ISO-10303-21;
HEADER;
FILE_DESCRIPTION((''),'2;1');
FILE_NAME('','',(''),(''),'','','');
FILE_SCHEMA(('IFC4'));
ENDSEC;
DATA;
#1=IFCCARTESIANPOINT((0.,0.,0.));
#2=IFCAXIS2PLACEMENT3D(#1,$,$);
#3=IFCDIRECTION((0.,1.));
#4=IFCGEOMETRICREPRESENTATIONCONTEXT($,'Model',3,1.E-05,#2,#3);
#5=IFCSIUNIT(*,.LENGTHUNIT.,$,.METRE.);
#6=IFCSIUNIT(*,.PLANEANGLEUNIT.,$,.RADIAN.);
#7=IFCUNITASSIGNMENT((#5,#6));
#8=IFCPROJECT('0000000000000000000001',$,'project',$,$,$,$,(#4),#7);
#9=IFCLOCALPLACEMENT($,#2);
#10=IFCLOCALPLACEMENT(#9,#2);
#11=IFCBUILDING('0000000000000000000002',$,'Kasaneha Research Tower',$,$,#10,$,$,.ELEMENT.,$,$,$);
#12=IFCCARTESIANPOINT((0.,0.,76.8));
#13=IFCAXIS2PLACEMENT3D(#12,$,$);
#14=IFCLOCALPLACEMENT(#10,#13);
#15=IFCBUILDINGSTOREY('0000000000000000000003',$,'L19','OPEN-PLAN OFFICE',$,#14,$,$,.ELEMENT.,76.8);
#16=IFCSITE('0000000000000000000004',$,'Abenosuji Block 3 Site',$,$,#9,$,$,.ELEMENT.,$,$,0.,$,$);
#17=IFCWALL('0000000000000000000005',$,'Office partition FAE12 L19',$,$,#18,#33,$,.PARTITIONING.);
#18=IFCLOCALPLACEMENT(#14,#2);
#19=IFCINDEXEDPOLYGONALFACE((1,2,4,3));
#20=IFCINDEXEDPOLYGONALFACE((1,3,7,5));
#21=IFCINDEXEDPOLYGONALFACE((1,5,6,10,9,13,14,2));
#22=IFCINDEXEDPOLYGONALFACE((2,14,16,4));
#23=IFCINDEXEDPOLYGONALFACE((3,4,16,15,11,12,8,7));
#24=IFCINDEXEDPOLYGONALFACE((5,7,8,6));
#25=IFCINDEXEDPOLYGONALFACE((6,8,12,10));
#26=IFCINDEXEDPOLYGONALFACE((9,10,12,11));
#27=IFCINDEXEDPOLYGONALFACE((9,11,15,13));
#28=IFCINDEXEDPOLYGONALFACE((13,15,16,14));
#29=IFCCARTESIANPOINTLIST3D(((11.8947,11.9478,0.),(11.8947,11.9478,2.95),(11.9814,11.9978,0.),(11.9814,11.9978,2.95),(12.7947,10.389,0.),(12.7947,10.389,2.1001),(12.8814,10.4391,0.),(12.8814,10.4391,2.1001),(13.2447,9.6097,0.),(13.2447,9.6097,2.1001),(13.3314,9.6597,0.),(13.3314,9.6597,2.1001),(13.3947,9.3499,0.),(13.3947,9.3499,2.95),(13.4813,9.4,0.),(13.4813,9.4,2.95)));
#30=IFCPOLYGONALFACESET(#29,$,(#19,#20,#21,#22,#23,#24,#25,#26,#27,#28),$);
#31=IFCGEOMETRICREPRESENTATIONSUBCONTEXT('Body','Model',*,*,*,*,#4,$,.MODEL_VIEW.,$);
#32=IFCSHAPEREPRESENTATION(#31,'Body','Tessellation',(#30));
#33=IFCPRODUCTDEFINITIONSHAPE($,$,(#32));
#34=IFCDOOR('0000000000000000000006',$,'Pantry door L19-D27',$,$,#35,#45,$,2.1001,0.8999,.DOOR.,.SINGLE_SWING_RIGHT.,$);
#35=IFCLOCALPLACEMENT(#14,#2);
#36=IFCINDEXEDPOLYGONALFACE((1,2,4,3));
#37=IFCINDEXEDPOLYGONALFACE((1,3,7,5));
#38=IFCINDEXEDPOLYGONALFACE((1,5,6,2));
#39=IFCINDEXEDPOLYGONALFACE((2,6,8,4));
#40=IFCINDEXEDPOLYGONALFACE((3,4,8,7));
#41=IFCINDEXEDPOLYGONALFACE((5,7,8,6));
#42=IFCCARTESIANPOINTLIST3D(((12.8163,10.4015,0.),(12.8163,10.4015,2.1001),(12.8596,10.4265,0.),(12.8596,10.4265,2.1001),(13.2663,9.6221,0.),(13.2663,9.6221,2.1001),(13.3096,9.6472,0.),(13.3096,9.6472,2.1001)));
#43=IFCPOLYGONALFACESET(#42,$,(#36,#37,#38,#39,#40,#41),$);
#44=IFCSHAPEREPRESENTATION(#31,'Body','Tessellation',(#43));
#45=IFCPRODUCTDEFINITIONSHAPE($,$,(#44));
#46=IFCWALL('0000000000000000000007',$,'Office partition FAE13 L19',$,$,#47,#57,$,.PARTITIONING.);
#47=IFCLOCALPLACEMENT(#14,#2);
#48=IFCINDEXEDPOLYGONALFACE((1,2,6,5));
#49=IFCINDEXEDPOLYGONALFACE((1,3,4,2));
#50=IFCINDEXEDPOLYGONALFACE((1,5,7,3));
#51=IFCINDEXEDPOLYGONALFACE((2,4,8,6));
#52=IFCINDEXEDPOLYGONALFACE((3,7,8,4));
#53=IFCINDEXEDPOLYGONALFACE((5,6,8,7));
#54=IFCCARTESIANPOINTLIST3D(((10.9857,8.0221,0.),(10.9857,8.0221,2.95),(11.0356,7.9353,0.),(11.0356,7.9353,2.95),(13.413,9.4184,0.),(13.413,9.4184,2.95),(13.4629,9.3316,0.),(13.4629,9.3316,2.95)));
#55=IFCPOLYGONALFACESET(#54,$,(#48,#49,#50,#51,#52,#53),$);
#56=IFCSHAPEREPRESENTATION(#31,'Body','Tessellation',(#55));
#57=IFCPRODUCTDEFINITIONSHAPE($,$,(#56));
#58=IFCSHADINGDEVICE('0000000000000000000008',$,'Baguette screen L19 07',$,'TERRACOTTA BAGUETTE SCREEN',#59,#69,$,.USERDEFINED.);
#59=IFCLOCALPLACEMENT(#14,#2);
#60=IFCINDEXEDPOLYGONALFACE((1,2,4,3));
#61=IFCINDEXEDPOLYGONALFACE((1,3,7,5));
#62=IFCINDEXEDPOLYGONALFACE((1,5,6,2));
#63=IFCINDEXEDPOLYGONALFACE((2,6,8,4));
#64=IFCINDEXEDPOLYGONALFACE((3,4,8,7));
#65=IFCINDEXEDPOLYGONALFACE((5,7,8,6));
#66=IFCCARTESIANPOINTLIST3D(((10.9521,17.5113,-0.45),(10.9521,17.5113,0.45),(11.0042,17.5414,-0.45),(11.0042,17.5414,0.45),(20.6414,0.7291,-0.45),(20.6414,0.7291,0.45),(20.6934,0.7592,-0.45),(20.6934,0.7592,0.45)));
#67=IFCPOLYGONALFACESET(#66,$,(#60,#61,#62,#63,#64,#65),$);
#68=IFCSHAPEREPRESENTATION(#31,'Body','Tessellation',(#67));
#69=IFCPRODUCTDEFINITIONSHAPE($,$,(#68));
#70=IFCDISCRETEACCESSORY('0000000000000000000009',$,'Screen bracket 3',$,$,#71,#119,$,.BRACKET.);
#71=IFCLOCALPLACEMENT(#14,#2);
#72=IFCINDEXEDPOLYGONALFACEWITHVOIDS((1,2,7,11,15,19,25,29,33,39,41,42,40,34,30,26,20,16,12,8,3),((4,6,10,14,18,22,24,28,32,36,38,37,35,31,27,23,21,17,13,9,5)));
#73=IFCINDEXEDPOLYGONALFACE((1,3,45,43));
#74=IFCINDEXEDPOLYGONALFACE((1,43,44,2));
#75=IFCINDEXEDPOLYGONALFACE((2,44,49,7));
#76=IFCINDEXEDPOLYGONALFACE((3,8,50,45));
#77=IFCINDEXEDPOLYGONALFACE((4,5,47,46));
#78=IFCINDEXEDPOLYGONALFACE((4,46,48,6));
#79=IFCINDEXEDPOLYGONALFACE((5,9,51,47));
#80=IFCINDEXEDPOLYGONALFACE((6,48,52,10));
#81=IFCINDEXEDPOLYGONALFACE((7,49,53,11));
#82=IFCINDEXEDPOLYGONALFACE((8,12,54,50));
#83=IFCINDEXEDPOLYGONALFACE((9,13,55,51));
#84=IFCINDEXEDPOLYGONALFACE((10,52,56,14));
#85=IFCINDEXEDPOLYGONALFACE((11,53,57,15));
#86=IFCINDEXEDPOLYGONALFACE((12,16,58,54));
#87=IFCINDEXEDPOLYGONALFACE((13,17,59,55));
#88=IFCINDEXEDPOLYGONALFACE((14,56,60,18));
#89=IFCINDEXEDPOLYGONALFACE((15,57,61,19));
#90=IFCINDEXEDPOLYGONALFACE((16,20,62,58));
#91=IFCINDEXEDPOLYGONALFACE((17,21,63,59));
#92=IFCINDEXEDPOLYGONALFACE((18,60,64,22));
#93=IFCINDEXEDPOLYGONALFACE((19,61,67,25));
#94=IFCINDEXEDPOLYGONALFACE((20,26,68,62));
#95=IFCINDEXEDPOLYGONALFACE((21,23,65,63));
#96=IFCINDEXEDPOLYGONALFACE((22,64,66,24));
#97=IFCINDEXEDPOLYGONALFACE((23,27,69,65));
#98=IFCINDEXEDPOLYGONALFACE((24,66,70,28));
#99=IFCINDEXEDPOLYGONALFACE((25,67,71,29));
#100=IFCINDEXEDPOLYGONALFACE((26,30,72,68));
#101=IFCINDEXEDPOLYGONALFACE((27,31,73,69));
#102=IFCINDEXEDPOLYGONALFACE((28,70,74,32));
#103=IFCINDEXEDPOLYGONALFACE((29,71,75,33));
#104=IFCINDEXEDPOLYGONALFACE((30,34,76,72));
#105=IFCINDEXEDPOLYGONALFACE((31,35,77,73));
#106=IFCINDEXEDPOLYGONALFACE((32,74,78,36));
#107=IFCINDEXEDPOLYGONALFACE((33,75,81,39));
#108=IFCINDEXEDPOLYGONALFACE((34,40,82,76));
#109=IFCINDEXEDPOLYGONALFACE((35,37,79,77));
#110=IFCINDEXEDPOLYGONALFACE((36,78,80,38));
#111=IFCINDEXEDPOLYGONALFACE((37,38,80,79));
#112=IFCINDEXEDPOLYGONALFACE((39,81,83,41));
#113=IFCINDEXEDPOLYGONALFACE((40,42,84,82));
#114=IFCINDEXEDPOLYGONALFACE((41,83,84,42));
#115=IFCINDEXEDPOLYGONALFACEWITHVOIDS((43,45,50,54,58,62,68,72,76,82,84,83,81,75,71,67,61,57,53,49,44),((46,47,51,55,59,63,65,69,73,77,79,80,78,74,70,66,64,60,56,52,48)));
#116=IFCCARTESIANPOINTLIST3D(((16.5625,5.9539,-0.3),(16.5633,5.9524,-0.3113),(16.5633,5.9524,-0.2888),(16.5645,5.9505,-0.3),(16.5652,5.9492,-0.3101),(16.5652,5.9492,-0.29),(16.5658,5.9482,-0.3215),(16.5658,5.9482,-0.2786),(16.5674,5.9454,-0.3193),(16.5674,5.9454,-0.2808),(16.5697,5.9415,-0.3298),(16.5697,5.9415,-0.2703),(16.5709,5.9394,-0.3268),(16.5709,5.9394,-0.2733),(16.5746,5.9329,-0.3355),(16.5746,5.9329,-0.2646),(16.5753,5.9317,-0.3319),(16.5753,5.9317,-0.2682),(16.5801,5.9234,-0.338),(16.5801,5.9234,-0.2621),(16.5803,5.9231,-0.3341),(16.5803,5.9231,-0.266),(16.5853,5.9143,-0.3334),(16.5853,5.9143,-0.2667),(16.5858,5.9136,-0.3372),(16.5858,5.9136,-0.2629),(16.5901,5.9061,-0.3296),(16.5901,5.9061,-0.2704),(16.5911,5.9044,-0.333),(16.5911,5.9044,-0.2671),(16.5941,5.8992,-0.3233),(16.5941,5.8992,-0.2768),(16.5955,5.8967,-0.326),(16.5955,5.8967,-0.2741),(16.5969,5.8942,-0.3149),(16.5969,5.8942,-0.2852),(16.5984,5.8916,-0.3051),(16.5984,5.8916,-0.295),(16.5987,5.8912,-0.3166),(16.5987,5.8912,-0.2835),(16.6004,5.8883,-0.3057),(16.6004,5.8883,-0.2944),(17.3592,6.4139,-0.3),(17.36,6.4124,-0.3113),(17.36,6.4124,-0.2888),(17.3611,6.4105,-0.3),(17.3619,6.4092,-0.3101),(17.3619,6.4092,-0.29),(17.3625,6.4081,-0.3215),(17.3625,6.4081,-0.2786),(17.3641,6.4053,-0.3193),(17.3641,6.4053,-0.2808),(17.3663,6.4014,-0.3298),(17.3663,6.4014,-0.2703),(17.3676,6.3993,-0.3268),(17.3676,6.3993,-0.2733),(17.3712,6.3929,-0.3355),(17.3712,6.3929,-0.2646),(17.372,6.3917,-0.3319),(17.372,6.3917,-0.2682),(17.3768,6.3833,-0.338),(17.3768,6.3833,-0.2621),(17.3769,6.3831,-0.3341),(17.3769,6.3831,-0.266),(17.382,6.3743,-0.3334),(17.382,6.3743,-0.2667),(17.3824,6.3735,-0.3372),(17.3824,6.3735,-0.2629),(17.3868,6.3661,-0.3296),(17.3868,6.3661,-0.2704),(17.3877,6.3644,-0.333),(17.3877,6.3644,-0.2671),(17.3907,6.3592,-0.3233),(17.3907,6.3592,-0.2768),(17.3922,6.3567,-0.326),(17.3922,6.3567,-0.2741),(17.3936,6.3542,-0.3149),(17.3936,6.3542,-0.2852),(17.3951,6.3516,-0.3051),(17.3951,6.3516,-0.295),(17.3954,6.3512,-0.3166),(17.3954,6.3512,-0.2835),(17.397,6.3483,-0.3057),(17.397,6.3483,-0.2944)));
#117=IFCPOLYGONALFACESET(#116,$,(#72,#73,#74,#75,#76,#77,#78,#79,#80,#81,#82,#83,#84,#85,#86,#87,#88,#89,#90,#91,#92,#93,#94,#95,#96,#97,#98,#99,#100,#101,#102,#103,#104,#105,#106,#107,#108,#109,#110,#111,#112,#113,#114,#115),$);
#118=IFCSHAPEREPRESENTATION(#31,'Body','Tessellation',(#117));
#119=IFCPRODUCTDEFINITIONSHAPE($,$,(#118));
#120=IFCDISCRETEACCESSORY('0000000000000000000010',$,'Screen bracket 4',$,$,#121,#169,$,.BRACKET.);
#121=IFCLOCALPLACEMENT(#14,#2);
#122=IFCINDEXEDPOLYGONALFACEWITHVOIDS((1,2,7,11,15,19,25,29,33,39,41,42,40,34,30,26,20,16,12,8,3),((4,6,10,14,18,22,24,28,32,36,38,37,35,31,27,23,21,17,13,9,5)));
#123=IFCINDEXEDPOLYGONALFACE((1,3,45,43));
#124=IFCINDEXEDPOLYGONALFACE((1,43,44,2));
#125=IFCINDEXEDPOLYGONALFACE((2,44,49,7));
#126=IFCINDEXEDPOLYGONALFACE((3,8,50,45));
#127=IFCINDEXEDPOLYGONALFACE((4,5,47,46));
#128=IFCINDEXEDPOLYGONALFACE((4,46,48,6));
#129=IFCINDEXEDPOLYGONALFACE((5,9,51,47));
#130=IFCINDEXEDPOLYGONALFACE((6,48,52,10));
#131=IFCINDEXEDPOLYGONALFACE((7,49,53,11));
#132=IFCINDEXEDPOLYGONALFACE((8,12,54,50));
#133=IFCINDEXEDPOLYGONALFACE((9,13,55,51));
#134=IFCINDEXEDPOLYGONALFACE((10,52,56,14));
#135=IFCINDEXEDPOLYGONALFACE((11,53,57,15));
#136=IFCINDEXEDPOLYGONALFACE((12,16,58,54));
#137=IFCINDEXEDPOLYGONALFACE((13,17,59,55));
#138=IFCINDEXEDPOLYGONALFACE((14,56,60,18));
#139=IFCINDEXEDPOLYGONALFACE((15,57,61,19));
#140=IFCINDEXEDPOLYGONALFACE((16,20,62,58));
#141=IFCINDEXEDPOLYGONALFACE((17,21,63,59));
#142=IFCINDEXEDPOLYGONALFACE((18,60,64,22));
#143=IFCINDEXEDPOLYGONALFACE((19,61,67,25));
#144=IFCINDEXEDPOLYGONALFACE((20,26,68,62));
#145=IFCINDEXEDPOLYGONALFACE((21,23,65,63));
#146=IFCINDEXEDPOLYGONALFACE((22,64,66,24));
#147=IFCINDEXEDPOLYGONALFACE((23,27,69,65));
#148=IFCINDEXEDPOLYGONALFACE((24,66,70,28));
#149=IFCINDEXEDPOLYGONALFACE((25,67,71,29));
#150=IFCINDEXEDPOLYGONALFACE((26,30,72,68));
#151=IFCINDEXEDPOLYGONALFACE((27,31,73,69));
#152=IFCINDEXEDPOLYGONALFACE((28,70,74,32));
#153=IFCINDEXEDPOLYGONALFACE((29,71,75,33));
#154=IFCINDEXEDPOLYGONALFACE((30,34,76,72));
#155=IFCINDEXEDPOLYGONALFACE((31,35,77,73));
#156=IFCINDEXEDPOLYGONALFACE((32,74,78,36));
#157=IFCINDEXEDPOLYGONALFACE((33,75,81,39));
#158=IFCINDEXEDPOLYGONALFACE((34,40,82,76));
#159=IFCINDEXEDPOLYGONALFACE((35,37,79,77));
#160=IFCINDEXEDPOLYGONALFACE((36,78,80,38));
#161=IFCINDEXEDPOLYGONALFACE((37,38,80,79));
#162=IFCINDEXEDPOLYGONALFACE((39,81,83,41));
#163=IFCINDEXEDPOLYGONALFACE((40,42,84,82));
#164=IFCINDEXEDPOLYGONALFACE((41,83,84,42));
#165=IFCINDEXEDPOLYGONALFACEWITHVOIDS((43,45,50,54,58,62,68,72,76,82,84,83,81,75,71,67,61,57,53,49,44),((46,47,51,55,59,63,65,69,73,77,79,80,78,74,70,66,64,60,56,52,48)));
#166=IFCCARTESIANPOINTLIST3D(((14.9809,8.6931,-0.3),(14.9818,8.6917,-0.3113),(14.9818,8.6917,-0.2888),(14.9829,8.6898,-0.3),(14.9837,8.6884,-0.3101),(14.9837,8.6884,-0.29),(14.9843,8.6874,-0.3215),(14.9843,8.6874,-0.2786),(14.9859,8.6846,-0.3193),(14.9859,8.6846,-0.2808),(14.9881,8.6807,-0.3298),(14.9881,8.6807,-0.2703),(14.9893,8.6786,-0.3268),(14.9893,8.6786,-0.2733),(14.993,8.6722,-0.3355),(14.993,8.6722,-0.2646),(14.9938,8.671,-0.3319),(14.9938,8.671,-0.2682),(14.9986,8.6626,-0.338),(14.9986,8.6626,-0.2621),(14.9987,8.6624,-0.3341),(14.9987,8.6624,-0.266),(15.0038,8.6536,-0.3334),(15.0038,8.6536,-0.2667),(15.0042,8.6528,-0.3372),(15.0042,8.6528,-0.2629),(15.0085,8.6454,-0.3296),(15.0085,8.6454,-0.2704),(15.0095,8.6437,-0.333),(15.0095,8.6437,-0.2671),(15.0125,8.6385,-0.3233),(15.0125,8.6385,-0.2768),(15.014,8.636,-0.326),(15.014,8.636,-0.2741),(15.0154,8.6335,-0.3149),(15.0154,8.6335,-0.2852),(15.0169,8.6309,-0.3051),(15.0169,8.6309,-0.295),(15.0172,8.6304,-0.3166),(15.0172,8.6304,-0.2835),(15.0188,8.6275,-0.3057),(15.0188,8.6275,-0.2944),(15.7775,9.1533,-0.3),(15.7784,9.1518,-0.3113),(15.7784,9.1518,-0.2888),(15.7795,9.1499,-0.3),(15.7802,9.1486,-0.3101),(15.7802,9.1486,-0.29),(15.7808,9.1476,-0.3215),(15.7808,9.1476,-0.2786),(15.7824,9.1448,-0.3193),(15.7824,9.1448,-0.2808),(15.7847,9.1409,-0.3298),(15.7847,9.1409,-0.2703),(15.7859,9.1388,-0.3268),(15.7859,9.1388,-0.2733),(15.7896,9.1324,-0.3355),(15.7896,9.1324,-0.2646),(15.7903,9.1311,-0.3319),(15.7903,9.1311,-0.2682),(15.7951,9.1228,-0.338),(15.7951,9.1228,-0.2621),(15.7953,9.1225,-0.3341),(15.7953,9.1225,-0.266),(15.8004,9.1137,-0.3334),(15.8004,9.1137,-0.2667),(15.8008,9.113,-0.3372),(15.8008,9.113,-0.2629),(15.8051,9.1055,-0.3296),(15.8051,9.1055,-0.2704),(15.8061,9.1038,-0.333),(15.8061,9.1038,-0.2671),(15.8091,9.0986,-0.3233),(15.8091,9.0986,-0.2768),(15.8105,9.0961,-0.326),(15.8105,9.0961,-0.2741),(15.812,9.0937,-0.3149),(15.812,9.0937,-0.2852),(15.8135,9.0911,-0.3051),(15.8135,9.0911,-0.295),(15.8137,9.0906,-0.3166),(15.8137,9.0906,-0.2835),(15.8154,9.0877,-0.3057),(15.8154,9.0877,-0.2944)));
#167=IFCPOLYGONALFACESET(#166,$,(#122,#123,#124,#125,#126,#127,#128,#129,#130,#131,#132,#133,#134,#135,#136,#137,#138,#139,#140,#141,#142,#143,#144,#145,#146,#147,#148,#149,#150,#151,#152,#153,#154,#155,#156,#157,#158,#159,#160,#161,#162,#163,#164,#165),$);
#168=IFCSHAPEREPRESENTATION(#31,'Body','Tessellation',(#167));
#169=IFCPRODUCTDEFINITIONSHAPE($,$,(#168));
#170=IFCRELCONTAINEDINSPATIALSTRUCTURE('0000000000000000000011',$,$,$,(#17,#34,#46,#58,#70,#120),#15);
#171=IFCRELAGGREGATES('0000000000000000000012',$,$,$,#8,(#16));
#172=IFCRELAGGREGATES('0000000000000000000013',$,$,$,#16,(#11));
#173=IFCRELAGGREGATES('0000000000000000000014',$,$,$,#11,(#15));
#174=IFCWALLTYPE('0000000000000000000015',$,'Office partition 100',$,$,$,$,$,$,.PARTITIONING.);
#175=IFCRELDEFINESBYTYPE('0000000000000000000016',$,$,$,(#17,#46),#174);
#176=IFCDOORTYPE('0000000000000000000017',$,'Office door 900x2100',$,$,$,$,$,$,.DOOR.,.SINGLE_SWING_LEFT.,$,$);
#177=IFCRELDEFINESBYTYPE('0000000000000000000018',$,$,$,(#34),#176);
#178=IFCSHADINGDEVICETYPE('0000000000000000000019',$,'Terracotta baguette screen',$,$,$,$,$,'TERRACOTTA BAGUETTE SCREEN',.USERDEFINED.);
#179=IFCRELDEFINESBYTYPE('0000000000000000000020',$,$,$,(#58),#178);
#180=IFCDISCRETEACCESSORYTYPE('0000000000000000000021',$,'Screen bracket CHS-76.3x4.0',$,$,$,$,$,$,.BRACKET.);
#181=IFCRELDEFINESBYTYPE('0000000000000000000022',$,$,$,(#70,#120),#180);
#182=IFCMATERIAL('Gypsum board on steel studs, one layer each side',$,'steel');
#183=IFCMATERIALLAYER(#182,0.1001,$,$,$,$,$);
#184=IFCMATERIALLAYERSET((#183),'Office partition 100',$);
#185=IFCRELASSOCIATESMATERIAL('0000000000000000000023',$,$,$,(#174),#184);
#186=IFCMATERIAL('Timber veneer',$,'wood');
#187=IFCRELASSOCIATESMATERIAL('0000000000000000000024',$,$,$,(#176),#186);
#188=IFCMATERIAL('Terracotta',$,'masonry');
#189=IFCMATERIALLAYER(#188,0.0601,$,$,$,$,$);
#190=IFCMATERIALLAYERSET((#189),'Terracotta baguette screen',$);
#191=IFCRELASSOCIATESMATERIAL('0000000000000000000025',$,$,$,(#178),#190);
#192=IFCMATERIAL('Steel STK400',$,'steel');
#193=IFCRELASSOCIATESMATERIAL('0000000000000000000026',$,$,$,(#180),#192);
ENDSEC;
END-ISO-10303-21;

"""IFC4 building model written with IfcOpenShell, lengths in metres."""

from ifc_helpers import new_model, si_unit, direction, frame, frame_2d, origin, origin_2d, place, context, subcontext, project, spatial, rectangle, hollow_circle, extrude, material, layer, layer_set, material_profile, profile_set, type_object, element, fill, save


model = new_model("IFC4")

# Units and contexts
model_context = context("Model", 3, precision=1e-05, world=origin(), true_north=direction((0.0, 1.0)))
body_context = subcontext(model_context, "Body", "Model", "MODEL_VIEW")
ifc_project = project(units=[si_unit("LENGTHUNIT", "METRE"), si_unit("PLANEANGLEUNIT", "RADIAN")], contexts=[model_context])

# Site, building, storey
site_placement = place(None, origin())
site = spatial("IfcSite", under=ifc_project, at=site_placement, Name="Abenosuji Block 3 Site", CompositionType="ELEMENT", RefElevation=0.0)
building_placement = place(site_placement, origin())
building = spatial("IfcBuilding", under=site, at=building_placement, Name="Kasaneha Research Tower", CompositionType="ELEMENT")
storey_placement = place(building_placement, frame((0.0, 0.0, 76.8)))
storey = spatial("IfcBuildingStorey", under=building, at=storey_placement, Name="L19", Description="OPEN-PLAN OFFICE", CompositionType="ELEMENT", Elevation=76.8)

# Wall, opening, door
ifc_material_1 = material(Name="Gypsum board on steel studs, one layer each side", Category="steel")
ifc_layer_1 = layer(ifc_material_1, 0.1001)
ifc_layer_set_1 = layer_set([ifc_layer_1], Name="Office partition 100")
wall_type = type_object("IfcWallType", Name="Office partition 100", PredefinedType="PARTITIONING", material=ifc_layer_set_1)
wall_1_placement = place(storey_placement, frame((11.938, 11.9729, 0.0), z_axis=(0.0, 0.0, 1.0), x_axis=(0.500025, -0.866011, 0.0)))
wall_1 = element("IfcWall", 1, at=wall_1_placement, inside=storey, type_object=wall_type, Name="Office partition FAE12 L19", PredefinedType="PARTITIONING", context=body_context, shape_type="SweptSolid", body=[
    extrude(rectangle(XDim=2.9998, YDim=0.1001, at=frame_2d((1.5, 0.0))), origin(), (0.0, 0.0, 1.0), 2.95),
])
opening_placement = place(wall_1_placement, frame((1.8, 0.0, 0.0)))
opening = element("IfcOpeningElement", 2, at=opening_placement, cuts=wall_1, PredefinedType="OPENING", context=body_context, shape_type="SweptSolid", body=[
    extrude(rectangle(XDim=0.8999, YDim=2.1001, at=frame_2d((0.45, 1.05))), frame((0.0, 0.0601, 0.0), z_axis=(0.0, -1.0, 0.0), x_axis=(1.0, 0.0, 0.0)), (0.0, 0.0, 1.0), 0.1201),
])
ifc_material_2 = material(Name="Timber veneer", Category="wood")
door_type = type_object("IfcDoorType", Name="Office door 900x2100", OperationType="SINGLE_SWING_LEFT", PredefinedType="DOOR", material=ifc_material_2)
door_placement = place(opening_placement, origin())
door = element("IfcDoor", 3, at=door_placement, inside=storey, type_object=door_type, Name="Pantry door L19-D27", OperationType="SINGLE_SWING_RIGHT", OverallHeight=2.1001, OverallWidth=0.8999, PredefinedType="DOOR", context=body_context, shape_type="SweptSolid", body=[
    extrude(rectangle(XDim=0.8999, YDim=2.1001, at=frame_2d((0.45, 1.05))), frame((0.0, 0.0249, 0.0), z_axis=(0.0, -1.0, 0.0), x_axis=(1.0, 0.0, 0.0)), (0.0, 0.0, 1.0), 0.05),
])
fill(opening, door)

# Wall
wall_2_placement = place(storey_placement, frame((13.438, 9.375, 0.0), z_axis=(0.0, 0.0, 1.0), x_axis=(-0.866818, -0.498625, 0.0)))
element("IfcWall", 4, at=wall_2_placement, inside=storey, type_object=wall_type, Name="Office partition FAE13 L19", PredefinedType="PARTITIONING", context=body_context, shape_type="SweptSolid", body=[
    extrude(rectangle(XDim=2.8003, YDim=0.1001, at=frame_2d((1.4001, 0.0))), origin(), (0.0, 0.0, 1.0), 2.95),
])

# Shading device
ifc_material_3 = material(Name="Terracotta", Category="masonry")
ifc_layer_2 = layer(ifc_material_3, 0.0601)
ifc_layer_set_2 = layer_set([ifc_layer_2], Name="Terracotta baguette screen")
shading_device_type = type_object("IfcShadingDeviceType", Name="Terracotta baguette screen", ElementType="TERRACOTTA BAGUETTE SCREEN", PredefinedType="USERDEFINED", material=ifc_layer_set_2)
shading_device_placement = place(storey_placement, frame((15.8228, 9.1353, -0.45), z_axis=(0.0, 0.0, 1.0), x_axis=(-0.5, 0.866025, 0.0)))
element("IfcShadingDevice", 5, at=shading_device_placement, inside=storey, type_object=shading_device_type, Name="Baguette screen L19 07", ObjectType="TERRACOTTA BAGUETTE SCREEN", PredefinedType="USERDEFINED", context=body_context, shape_type="SweptSolid", body=[
    extrude(rectangle(XDim=19.3784, YDim=0.0601, at=origin_2d()), origin(), (0.0, 0.0, 1.0), 0.8999),
])

# Discrete accessories
ifc_material_4 = material(Name="Steel STK400", Category="steel")
ifc_material_profile_1 = material_profile(ifc_material_4, hollow_circle(Radius=0.0381, WallThickness=0.0039, at=origin_2d()), Name="CHS-76.3x4.0")
ifc_profile_set_1 = profile_set([ifc_material_profile_1], Name="Steel STK400")
discrete_accessory_type = type_object("IfcDiscreteAccessoryType", Name="Screen bracket CHS-76.3x4.0", PredefinedType="BRACKET", material=ifc_profile_set_1)
for number, where, z_axis, x_axis, name in (
    (6, (16.5815, 5.9209, -0.3), (0.866013, 0.500021, 0.0), (-0.500021, 0.866013, 0.0), "Screen bracket 3"),
    (7, (15.0, 8.6602, -0.3), (0.865898, 0.50022, 0.0), (-0.50022, 0.865898, 0.0), "Screen bracket 4"),
):
    element("IfcDiscreteAccessory", number, at=place(storey_placement, frame(where, z_axis=z_axis, x_axis=x_axis)), inside=storey, type_object=discrete_accessory_type, Name=name, PredefinedType="BRACKET", context=body_context, shape_type="SweptSolid", body=[
        extrude(hollow_circle(Radius=0.0381, WallThickness=0.0039, at=origin_2d()), origin(), (0.0, 0.0, 1.0), 0.9199),
    ])

save(model, "model.ifc")
